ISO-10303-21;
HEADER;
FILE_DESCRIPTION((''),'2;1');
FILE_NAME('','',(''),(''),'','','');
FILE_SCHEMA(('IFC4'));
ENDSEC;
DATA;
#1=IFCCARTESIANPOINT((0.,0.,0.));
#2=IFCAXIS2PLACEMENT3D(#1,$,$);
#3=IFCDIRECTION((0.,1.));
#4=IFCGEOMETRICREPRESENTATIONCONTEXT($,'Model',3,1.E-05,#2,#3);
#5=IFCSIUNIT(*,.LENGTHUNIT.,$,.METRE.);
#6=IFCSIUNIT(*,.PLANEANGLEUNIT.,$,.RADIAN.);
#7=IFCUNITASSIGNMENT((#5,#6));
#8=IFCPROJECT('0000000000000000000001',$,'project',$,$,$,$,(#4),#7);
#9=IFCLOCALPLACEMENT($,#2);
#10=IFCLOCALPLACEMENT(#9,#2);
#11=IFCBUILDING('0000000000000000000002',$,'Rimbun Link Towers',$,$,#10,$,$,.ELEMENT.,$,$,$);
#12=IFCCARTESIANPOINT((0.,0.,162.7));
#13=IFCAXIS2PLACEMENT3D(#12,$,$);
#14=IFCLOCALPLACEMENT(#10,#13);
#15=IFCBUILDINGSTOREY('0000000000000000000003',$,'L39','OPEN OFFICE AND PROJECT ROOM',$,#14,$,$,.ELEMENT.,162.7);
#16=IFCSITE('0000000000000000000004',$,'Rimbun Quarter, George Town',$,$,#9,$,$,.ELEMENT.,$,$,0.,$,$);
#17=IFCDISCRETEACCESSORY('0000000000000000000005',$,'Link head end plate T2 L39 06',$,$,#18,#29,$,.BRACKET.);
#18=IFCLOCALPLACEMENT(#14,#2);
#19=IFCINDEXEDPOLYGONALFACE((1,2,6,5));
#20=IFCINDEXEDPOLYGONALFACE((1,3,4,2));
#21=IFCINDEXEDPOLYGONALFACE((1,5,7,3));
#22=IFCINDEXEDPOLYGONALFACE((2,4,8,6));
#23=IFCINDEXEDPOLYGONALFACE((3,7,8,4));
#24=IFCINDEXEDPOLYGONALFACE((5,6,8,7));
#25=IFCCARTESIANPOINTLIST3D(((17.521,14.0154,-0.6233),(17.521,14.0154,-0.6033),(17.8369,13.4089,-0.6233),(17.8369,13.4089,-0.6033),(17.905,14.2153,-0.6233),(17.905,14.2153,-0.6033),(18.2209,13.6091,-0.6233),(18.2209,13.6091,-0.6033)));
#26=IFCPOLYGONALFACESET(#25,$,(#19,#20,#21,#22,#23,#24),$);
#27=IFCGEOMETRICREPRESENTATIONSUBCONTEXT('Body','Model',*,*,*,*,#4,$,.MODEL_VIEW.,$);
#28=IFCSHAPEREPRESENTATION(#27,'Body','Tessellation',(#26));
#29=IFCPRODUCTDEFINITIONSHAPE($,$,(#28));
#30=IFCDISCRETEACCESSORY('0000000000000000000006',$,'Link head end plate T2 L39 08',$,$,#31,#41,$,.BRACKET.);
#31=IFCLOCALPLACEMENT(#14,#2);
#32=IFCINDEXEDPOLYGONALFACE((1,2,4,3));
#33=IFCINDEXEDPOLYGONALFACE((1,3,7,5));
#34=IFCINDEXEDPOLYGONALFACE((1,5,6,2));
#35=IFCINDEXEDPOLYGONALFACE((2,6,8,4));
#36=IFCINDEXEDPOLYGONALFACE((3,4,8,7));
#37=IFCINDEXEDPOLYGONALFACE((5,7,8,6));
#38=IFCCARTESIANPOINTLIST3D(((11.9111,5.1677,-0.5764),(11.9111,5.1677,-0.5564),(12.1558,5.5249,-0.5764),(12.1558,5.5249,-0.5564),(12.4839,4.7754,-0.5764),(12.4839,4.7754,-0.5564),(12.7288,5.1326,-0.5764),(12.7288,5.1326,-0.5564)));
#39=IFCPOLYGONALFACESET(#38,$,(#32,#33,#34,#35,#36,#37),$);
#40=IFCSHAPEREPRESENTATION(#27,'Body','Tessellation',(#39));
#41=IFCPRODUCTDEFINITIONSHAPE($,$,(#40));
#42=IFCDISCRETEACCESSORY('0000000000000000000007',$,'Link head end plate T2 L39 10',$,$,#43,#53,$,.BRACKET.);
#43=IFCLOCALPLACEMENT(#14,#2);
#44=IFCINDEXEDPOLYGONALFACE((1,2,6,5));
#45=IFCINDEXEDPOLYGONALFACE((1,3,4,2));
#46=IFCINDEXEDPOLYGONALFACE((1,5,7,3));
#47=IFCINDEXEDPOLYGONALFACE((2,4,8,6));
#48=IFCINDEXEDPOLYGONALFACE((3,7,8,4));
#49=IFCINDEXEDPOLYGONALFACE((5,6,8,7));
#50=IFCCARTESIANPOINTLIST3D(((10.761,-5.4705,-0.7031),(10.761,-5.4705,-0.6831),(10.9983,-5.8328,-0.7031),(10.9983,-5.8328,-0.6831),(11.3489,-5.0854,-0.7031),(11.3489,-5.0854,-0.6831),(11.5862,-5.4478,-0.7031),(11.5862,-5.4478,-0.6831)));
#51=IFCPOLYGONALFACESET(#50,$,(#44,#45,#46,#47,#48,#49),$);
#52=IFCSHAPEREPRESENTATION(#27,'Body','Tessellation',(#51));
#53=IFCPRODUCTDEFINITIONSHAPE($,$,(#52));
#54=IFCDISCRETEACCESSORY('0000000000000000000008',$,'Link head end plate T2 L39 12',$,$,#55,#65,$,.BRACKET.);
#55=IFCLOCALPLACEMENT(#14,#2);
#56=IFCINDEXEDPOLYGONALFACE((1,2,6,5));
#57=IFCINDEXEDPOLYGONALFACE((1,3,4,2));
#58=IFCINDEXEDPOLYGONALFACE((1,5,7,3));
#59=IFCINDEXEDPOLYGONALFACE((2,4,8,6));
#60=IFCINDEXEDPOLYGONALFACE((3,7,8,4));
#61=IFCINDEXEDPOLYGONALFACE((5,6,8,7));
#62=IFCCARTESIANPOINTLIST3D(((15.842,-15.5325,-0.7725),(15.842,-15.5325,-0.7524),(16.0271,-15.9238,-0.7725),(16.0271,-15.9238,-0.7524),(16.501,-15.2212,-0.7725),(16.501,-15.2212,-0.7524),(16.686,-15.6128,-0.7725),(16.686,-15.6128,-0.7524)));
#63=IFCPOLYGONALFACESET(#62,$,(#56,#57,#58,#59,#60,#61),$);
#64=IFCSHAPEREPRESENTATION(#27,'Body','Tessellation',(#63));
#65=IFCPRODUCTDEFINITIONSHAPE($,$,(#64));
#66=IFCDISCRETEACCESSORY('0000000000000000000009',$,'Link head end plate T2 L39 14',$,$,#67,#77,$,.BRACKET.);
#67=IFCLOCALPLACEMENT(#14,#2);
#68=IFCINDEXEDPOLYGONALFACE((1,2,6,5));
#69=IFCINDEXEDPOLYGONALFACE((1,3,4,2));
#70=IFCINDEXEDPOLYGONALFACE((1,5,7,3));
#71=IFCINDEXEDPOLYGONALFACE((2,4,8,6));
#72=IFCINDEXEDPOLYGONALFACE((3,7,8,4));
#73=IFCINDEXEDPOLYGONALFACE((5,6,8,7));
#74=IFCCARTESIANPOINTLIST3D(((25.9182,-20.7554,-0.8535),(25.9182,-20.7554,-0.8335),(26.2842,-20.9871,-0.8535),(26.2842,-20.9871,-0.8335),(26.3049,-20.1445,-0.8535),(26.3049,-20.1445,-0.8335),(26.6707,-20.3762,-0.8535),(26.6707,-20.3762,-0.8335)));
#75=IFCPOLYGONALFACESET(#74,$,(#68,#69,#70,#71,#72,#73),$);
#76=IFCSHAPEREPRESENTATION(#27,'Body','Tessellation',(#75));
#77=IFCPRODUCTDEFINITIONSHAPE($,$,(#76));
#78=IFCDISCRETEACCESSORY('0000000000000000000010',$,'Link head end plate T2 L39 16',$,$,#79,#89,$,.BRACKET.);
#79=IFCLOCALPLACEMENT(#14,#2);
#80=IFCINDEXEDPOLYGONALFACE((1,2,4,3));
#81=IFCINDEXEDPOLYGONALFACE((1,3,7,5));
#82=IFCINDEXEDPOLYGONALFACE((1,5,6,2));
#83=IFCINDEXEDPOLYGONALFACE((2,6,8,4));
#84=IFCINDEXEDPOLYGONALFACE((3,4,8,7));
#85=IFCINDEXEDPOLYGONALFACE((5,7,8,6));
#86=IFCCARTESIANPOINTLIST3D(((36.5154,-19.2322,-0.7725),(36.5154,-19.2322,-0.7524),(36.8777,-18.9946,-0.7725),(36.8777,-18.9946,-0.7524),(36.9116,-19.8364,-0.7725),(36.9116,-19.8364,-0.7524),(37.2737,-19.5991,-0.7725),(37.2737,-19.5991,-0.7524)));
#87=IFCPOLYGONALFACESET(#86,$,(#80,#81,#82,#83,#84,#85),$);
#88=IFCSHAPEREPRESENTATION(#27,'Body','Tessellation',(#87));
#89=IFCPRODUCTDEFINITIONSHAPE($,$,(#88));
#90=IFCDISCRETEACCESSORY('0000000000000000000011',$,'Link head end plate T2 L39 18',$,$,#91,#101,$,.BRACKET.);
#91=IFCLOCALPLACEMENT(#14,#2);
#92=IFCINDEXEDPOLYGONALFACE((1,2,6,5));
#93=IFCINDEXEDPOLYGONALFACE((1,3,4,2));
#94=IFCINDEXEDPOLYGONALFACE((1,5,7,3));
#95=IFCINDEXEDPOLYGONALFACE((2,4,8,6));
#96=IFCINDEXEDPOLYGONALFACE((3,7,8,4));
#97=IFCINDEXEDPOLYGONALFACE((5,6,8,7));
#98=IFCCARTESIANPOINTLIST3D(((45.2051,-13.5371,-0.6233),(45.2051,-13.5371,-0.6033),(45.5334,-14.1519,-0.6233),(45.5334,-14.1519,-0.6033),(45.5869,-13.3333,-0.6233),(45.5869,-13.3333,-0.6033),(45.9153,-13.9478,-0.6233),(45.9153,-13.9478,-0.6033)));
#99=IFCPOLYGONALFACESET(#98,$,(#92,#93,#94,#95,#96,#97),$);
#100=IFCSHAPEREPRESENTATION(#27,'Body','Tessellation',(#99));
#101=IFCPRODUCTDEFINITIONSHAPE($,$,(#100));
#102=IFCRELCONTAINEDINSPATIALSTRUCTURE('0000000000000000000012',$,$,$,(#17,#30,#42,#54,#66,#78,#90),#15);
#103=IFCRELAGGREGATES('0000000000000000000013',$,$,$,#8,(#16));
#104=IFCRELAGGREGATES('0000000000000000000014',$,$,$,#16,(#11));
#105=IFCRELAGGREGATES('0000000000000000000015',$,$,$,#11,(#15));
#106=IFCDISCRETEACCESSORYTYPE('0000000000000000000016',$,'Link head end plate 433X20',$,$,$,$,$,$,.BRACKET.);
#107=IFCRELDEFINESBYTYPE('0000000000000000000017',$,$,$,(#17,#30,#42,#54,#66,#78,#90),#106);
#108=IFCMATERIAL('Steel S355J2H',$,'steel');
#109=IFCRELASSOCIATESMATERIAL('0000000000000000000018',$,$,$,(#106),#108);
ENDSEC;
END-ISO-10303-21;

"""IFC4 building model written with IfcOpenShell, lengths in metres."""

from ifc_helpers import new_model, si_unit, direction, frame, origin, origin_2d, place, context, subcontext, project, spatial, polyline, rectangle, outline, extrude, material, material_profile, profile_set, type_object, element, save


model = new_model("IFC4")

# Units and contexts
model_context = context("Model", 3, precision=1e-05, world=origin(), true_north=direction((0.0, 1.0)))
body_context = subcontext(model_context, "Body", "Model", "MODEL_VIEW")
ifc_project = project(units=[si_unit("LENGTHUNIT", "METRE"), si_unit("PLANEANGLEUNIT", "RADIAN")], contexts=[model_context])

# Site, building, storey
site_placement = place(None, origin())
site = spatial("IfcSite", under=ifc_project, at=site_placement, Name="Rimbun Quarter, George Town", CompositionType="ELEMENT", RefElevation=0.0)
building_placement = place(site_placement, origin())
building = spatial("IfcBuilding", under=site, at=building_placement, Name="Rimbun Link Towers", CompositionType="ELEMENT")
storey_placement = place(building_placement, frame((0.0, 0.0, 162.7)))
storey = spatial("IfcBuildingStorey", under=building, at=storey_placement, Name="L39", Description="OPEN OFFICE AND PROJECT ROOM", CompositionType="ELEMENT", Elevation=162.7)

# Discrete accessories
ifc_material_1 = material(Name="Steel S355J2H", Category="steel")
ifc_material_profile_1 = material_profile(ifc_material_1, rectangle(XDim=0.4331, YDim=0.4331, at=origin_2d()), Name="PL 433x433")
ifc_profile_set_1 = profile_set([ifc_material_profile_1], Name="Steel S355J2H")
discrete_accessory_type_1 = type_object("IfcDiscreteAccessoryType", Name="Link head end plate 433X20", PredefinedType="BRACKET", material=ifc_profile_set_1)
discrete_accessory_1_placement = place(storey_placement, frame((0.0, 0.0, -0.6233)))
element("IfcDiscreteAccessory", 1, at=discrete_accessory_1_placement, inside=storey, type_object=discrete_accessory_type_1, Name="Link head end plate T2 L39 06", PredefinedType="BRACKET", context=body_context, shape_type="SweptSolid", body=[
    extrude(outline(polyline([(18.2209, 13.6091), (17.905, 14.2153), (17.521, 14.0154), (17.8369, 13.4089), (18.2209, 13.6091)])), origin(), (0.0, 0.0, 1.0), 0.02),
])
discrete_accessory_2_placement = place(storey_placement, frame((0.0, 0.0, -0.5764)))
element("IfcDiscreteAccessory", 2, at=discrete_accessory_2_placement, inside=storey, type_object=discrete_accessory_type_1, Name="Link head end plate T2 L39 08", PredefinedType="BRACKET", context=body_context, shape_type="SweptSolid", body=[
    extrude(outline(polyline([(12.7288, 5.1326), (12.1558, 5.5249), (11.9111, 5.1677), (12.4839, 4.7754), (12.7288, 5.1326)])), origin(), (0.0, 0.0, 1.0), 0.02),
])
discrete_accessory_3_placement = place(storey_placement, frame((0.0, 0.0, -0.7031)))
element("IfcDiscreteAccessory", 3, at=discrete_accessory_3_placement, inside=storey, type_object=discrete_accessory_type_1, Name="Link head end plate T2 L39 10", PredefinedType="BRACKET", context=body_context, shape_type="SweptSolid", body=[
    extrude(outline(polyline([(11.3489, -5.0854), (10.761, -5.4705), (10.9983, -5.8328), (11.5862, -5.4478), (11.3489, -5.0854)])), origin(), (0.0, 0.0, 1.0), 0.02),
])
discrete_accessory_4_placement = place(storey_placement, frame((0.0, 0.0, -0.7725)))
element("IfcDiscreteAccessory", 4, at=discrete_accessory_4_placement, inside=storey, type_object=discrete_accessory_type_1, Name="Link head end plate T2 L39 12", PredefinedType="BRACKET", context=body_context, shape_type="SweptSolid", body=[
    extrude(outline(polyline([(16.501, -15.2212), (15.842, -15.5325), (16.0271, -15.9238), (16.686, -15.6128), (16.501, -15.2212)])), origin(), (0.0, 0.0, 1.0), 0.02),
])
discrete_accessory_5_placement = place(storey_placement, frame((0.0, 0.0, -0.8535)))
element("IfcDiscreteAccessory", 5, at=discrete_accessory_5_placement, inside=storey, type_object=discrete_accessory_type_1, Name="Link head end plate T2 L39 14", PredefinedType="BRACKET", context=body_context, shape_type="SweptSolid", body=[
    extrude(outline(polyline([(26.3049, -20.1445), (25.9182, -20.7554), (26.2842, -20.9871), (26.6707, -20.3762), (26.3049, -20.1445)])), origin(), (0.0, 0.0, 1.0), 0.02),
])
discrete_accessory_6_placement = place(storey_placement, frame((0.0, 0.0, -0.7725)))
element("IfcDiscreteAccessory", 6, at=discrete_accessory_6_placement, inside=storey, type_object=discrete_accessory_type_1, Name="Link head end plate T2 L39 16", PredefinedType="BRACKET", context=body_context, shape_type="SweptSolid", body=[
    extrude(outline(polyline([(36.5154, -19.2322), (36.9116, -19.8364), (37.2737, -19.5991), (36.8777, -18.9946), (36.5154, -19.2322)])), origin(), (0.0, 0.0, 1.0), 0.02),
])
discrete_accessory_7_placement = place(storey_placement, frame((0.0, 0.0, -0.6233)))
element("IfcDiscreteAccessory", 7, at=discrete_accessory_7_placement, inside=storey, type_object=discrete_accessory_type_1, Name="Link head end plate T2 L39 18", PredefinedType="BRACKET", context=body_context, shape_type="SweptSolid", body=[
    extrude(outline(polyline([(45.2051, -13.5371), (45.5334, -14.1519), (45.9153, -13.9478), (45.5869, -13.3333), (45.2051, -13.5371)])), origin(), (0.0, 0.0, 1.0), 0.02),
])

save(model, "model.ifc")
